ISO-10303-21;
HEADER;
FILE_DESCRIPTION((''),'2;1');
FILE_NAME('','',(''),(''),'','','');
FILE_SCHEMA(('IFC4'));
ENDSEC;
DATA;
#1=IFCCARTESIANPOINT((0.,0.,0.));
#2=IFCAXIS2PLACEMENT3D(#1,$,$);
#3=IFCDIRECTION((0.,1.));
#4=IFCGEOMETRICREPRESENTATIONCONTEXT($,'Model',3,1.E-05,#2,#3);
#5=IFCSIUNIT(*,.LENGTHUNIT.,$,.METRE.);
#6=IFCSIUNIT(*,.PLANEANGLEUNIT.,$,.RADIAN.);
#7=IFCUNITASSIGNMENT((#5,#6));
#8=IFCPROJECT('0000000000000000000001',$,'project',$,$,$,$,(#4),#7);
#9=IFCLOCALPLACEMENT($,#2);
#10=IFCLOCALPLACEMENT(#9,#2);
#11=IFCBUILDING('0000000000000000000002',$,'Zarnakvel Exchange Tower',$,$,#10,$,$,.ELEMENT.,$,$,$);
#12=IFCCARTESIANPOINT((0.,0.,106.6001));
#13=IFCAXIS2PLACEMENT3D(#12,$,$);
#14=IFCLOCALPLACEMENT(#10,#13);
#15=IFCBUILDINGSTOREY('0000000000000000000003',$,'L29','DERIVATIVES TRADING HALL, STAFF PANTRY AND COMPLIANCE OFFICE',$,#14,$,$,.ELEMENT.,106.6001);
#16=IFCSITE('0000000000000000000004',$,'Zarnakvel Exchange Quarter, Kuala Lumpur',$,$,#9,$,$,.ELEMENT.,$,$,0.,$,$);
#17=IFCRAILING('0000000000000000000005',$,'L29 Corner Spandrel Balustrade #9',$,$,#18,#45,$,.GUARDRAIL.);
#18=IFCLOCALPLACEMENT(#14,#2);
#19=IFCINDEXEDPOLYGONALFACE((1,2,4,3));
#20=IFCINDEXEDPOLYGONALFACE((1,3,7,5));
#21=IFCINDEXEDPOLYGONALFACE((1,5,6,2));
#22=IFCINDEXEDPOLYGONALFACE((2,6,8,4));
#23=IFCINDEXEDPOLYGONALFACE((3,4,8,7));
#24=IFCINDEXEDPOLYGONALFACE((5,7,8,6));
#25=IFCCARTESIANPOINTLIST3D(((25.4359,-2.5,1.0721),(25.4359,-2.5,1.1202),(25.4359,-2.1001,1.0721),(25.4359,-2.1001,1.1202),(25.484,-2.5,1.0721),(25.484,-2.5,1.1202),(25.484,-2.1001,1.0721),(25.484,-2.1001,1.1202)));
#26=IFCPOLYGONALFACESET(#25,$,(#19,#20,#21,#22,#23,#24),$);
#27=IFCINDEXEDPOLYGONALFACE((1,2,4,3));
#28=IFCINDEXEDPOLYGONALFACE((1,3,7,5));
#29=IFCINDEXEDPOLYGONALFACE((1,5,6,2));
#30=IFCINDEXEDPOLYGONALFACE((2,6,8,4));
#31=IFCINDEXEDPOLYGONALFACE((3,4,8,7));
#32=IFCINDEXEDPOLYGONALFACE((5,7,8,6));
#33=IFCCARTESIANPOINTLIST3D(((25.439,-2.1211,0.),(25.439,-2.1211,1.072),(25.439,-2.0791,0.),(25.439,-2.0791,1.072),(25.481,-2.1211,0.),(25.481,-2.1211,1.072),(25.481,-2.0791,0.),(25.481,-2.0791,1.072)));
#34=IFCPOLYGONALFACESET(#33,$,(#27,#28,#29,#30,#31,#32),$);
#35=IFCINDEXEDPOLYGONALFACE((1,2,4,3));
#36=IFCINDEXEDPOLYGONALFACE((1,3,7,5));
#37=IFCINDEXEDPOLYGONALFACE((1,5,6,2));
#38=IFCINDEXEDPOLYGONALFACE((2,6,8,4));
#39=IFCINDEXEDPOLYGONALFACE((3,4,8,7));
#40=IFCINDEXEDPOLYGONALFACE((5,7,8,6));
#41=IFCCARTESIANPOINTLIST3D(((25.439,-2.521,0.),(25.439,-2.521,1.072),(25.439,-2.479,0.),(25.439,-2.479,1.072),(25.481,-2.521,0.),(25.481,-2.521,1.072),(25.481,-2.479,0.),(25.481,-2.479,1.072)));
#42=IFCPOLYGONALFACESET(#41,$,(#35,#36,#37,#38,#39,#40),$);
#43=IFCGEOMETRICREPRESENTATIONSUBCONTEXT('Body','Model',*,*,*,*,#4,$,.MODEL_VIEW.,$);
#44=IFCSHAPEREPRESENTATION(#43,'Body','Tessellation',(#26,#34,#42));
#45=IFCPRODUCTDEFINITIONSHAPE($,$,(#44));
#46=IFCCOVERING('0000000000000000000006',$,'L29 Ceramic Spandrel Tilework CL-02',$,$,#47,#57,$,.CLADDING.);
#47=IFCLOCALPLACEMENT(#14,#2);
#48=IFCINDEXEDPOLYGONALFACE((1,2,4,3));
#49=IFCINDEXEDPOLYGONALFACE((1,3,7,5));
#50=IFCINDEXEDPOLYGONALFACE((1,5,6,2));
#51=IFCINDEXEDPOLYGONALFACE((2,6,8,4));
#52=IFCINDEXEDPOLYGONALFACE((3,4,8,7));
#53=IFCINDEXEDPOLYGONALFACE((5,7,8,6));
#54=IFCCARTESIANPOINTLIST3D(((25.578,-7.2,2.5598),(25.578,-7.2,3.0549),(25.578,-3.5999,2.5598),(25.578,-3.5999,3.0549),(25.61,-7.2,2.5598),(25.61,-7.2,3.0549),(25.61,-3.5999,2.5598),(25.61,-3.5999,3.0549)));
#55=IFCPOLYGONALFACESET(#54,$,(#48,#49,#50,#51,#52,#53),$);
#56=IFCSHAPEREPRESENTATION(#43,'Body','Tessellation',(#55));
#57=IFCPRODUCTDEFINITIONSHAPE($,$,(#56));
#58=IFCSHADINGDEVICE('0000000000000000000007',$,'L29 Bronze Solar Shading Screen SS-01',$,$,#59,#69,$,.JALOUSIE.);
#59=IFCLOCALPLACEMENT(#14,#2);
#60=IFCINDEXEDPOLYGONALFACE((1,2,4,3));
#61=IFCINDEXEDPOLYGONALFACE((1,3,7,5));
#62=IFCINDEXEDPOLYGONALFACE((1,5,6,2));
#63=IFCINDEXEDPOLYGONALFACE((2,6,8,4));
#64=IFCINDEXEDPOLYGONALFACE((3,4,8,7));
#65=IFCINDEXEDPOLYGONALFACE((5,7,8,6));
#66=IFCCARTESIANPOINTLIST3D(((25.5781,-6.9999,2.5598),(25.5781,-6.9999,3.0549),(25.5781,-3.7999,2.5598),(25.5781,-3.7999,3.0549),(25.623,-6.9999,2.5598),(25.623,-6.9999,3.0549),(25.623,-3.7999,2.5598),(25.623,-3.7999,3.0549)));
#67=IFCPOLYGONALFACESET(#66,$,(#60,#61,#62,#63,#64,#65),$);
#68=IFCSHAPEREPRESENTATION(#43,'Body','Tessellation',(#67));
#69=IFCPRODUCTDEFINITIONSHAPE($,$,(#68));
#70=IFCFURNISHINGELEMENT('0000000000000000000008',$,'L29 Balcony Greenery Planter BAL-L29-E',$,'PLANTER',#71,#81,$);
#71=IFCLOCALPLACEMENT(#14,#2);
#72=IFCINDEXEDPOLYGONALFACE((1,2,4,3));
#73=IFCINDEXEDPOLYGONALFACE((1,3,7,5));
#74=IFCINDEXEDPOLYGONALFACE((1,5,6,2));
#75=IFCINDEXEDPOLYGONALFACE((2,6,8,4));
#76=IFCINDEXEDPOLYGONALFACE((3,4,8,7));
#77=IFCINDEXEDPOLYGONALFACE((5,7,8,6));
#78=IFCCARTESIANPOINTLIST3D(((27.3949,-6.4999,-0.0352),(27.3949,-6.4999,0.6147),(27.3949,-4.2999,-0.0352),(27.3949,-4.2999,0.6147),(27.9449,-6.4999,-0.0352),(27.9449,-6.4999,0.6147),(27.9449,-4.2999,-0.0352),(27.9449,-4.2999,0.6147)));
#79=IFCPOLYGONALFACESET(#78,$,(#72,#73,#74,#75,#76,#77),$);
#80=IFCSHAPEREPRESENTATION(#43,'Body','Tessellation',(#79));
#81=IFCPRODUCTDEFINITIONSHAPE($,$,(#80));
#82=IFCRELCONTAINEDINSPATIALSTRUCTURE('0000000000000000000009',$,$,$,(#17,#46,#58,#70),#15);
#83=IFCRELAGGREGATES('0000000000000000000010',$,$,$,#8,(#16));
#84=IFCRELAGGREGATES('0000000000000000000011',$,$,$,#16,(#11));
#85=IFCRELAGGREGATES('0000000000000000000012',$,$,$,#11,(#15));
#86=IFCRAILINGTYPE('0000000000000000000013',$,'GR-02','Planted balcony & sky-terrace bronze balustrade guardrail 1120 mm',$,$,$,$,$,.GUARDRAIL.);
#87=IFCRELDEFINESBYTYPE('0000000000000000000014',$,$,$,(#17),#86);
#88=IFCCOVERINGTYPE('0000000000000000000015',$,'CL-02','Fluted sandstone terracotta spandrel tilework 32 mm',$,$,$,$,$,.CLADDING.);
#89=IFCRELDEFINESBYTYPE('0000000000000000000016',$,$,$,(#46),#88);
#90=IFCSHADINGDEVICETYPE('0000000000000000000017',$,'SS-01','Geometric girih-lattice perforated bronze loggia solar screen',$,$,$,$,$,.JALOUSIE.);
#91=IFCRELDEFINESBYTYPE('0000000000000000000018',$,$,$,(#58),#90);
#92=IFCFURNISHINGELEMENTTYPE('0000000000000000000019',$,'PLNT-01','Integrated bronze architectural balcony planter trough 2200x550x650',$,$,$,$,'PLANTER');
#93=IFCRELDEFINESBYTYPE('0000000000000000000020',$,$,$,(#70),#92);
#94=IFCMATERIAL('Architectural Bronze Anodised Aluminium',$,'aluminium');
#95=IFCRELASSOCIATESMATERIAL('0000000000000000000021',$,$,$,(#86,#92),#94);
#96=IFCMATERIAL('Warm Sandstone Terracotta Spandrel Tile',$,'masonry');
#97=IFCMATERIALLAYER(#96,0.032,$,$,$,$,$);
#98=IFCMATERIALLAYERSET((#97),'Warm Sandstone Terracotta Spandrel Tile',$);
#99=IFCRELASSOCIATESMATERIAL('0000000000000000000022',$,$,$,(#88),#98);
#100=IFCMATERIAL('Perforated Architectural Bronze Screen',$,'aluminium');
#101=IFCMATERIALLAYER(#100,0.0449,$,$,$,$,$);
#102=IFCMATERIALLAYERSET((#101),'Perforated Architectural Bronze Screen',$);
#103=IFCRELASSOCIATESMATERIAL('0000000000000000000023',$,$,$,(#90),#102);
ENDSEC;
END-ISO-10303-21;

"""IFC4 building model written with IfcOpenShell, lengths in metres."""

from ifc_helpers import new_model, si_unit, direction, frame, origin, origin_2d, place, context, subcontext, project, spatial, rectangle, extrude, source, transform, mapped, material, layer, layer_set, type_object, element, save


model = new_model("IFC4")

# Units and contexts
model_context = context("Model", 3, precision=1e-05, world=origin(), true_north=direction((0.0, 1.0)))
body_context = subcontext(model_context, "Body", "Model", "MODEL_VIEW")
ifc_project = project(units=[si_unit("LENGTHUNIT", "METRE"), si_unit("PLANEANGLEUNIT", "RADIAN")], contexts=[model_context])

# Site, building, storey
site_placement = place(None, origin())
site = spatial("IfcSite", under=ifc_project, at=site_placement, Name="Zarnakvel Exchange Quarter, Kuala Lumpur", CompositionType="ELEMENT", RefElevation=0.0)
building_placement = place(site_placement, origin())
building = spatial("IfcBuilding", under=site, at=building_placement, Name="Zarnakvel Exchange Tower", CompositionType="ELEMENT")
storey_placement = place(building_placement, frame((0.0, 0.0, 106.6001)))
storey = spatial("IfcBuildingStorey", under=building, at=storey_placement, Name="L29", Description="DERIVATIVES TRADING HALL, STAFF PANTRY AND COMPLIANCE OFFICE", CompositionType="ELEMENT", Elevation=106.6001)

# Shared definitions
ifc_material_1 = material(Name="Architectural Bronze Anodised Aluminium", Category="aluminium")

# Railing
railing_type = type_object("IfcRailingType", Name="GR-02", Description="Planted balcony & sky-terrace bronze balustrade guardrail 1120 mm", PredefinedType="GUARDRAIL", material=ifc_material_1)
railing_placement = place(storey_placement, frame((25.46, -2.1001, 0.0)))
element("IfcRailing", 1, at=railing_placement, inside=storey, type_object=railing_type, Name="L29 Corner Spandrel Balustrade #9", PredefinedType="GUARDRAIL", context=body_context, shape_type="SweptSolid", body=[
    extrude(rectangle(XDim=0.0481, YDim=0.0481, at=origin_2d()), frame((0.0, 0.0, 1.0962), z_axis=(0.0, -1.0, 0.0), x_axis=(1.0, 0.0, 0.0)), (0.0, 0.0, 1.0), 0.3999),
    extrude(rectangle(XDim=0.042, YDim=0.042, at=origin_2d()), origin(), (0.0, 0.0, 1.0), 1.072),
    extrude(rectangle(XDim=0.042, YDim=0.042, at=origin_2d()), frame((0.0, -0.3999, 0.0)), (0.0, 0.0, 1.0), 1.072),
])

# Covering
ifc_material_2 = material(Name="Warm Sandstone Terracotta Spandrel Tile", Category="masonry")
ifc_layer_1 = layer(ifc_material_2, 0.032)
ifc_layer_set_1 = layer_set([ifc_layer_1], Name="Warm Sandstone Terracotta Spandrel Tile")
covering_type = type_object("IfcCoveringType", Name="CL-02", Description="Fluted sandstone terracotta spandrel tilework 32 mm", PredefinedType="CLADDING", material=ifc_layer_set_1)
shared_shape_1 = source(origin(), body_context, "Body", "SweptSolid", [
    extrude(rectangle(XDim=3.6001, YDim=0.032, at=origin_2d()), origin(), (0.0, 0.0, 1.0), 0.4951),
])
covering_placement = place(storey_placement, frame((25.594, -5.3999, 2.5598), z_axis=(0.0, 0.0, 1.0), x_axis=(0.0, -1.0, 0.0)))
element("IfcCovering", 2, at=covering_placement, inside=storey, type_object=covering_type, Name="L29 Ceramic Spandrel Tilework CL-02", PredefinedType="CLADDING", context=body_context, shape_type="MappedRepresentation", body=[
    mapped(shared_shape_1, transform((0.0, 0.0, 0.0), x_axis=(1.0, 0.0, 0.0), y_axis=(0.0, 1.0, 0.0), z_axis=(0.0, 0.0, 1.0), scale=1.0)),
])

# Shading device
ifc_material_3 = material(Name="Perforated Architectural Bronze Screen", Category="aluminium")
ifc_layer_2 = layer(ifc_material_3, 0.0449)
ifc_layer_set_2 = layer_set([ifc_layer_2], Name="Perforated Architectural Bronze Screen")
shading_device_type = type_object("IfcShadingDeviceType", Name="SS-01", Description="Geometric girih-lattice perforated bronze loggia solar screen", PredefinedType="JALOUSIE", material=ifc_layer_set_2)
shared_shape_2 = source(origin(), body_context, "Body", "SweptSolid", [
    extrude(rectangle(XDim=3.2, YDim=0.0449, at=origin_2d()), origin(), (0.0, 0.0, 1.0), 0.4951),
])
shading_device_placement = place(storey_placement, frame((25.6006, -5.3999, 2.5598), z_axis=(0.0, 0.0, 1.0), x_axis=(0.0, -1.0, 0.0)))
element("IfcShadingDevice", 3, at=shading_device_placement, inside=storey, type_object=shading_device_type, Name="L29 Bronze Solar Shading Screen SS-01", PredefinedType="JALOUSIE", context=body_context, shape_type="MappedRepresentation", body=[
    mapped(shared_shape_2, transform((0.0, 0.0, 0.0), x_axis=(1.0, 0.0, 0.0), y_axis=(0.0, 1.0, 0.0), z_axis=(0.0, 0.0, 1.0), scale=1.0)),
])

# Furnishing element
furnishing_element_type = type_object("IfcFurnishingElementType", Name="PLNT-01", Description="Integrated bronze architectural balcony planter trough 2200x550x650", ElementType="PLANTER", material=ifc_material_1)
shared_shape_3 = source(origin(), body_context, "Body", "SweptSolid", [
    extrude(rectangle(XDim=2.2, YDim=0.55, at=origin_2d()), origin(), (0.0, 0.0, 1.0), 0.6499),
])
furnishing_placement = place(storey_placement, frame((27.6699, -5.3999, -0.0352), z_axis=(0.0, 0.0, 1.0), x_axis=(0.0, 1.0, 0.0)))
element("IfcFurnishingElement", 4, at=furnishing_placement, inside=storey, type_object=furnishing_element_type, Name="L29 Balcony Greenery Planter BAL-L29-E", ObjectType="PLANTER", context=body_context, shape_type="MappedRepresentation", body=[
    mapped(shared_shape_3, transform((0.0, 0.0, 0.0), x_axis=(1.0, 0.0, 0.0), y_axis=(0.0, 1.0, 0.0), z_axis=(0.0, 0.0, 1.0), scale=1.0)),
])

save(model, "model.ifc")
